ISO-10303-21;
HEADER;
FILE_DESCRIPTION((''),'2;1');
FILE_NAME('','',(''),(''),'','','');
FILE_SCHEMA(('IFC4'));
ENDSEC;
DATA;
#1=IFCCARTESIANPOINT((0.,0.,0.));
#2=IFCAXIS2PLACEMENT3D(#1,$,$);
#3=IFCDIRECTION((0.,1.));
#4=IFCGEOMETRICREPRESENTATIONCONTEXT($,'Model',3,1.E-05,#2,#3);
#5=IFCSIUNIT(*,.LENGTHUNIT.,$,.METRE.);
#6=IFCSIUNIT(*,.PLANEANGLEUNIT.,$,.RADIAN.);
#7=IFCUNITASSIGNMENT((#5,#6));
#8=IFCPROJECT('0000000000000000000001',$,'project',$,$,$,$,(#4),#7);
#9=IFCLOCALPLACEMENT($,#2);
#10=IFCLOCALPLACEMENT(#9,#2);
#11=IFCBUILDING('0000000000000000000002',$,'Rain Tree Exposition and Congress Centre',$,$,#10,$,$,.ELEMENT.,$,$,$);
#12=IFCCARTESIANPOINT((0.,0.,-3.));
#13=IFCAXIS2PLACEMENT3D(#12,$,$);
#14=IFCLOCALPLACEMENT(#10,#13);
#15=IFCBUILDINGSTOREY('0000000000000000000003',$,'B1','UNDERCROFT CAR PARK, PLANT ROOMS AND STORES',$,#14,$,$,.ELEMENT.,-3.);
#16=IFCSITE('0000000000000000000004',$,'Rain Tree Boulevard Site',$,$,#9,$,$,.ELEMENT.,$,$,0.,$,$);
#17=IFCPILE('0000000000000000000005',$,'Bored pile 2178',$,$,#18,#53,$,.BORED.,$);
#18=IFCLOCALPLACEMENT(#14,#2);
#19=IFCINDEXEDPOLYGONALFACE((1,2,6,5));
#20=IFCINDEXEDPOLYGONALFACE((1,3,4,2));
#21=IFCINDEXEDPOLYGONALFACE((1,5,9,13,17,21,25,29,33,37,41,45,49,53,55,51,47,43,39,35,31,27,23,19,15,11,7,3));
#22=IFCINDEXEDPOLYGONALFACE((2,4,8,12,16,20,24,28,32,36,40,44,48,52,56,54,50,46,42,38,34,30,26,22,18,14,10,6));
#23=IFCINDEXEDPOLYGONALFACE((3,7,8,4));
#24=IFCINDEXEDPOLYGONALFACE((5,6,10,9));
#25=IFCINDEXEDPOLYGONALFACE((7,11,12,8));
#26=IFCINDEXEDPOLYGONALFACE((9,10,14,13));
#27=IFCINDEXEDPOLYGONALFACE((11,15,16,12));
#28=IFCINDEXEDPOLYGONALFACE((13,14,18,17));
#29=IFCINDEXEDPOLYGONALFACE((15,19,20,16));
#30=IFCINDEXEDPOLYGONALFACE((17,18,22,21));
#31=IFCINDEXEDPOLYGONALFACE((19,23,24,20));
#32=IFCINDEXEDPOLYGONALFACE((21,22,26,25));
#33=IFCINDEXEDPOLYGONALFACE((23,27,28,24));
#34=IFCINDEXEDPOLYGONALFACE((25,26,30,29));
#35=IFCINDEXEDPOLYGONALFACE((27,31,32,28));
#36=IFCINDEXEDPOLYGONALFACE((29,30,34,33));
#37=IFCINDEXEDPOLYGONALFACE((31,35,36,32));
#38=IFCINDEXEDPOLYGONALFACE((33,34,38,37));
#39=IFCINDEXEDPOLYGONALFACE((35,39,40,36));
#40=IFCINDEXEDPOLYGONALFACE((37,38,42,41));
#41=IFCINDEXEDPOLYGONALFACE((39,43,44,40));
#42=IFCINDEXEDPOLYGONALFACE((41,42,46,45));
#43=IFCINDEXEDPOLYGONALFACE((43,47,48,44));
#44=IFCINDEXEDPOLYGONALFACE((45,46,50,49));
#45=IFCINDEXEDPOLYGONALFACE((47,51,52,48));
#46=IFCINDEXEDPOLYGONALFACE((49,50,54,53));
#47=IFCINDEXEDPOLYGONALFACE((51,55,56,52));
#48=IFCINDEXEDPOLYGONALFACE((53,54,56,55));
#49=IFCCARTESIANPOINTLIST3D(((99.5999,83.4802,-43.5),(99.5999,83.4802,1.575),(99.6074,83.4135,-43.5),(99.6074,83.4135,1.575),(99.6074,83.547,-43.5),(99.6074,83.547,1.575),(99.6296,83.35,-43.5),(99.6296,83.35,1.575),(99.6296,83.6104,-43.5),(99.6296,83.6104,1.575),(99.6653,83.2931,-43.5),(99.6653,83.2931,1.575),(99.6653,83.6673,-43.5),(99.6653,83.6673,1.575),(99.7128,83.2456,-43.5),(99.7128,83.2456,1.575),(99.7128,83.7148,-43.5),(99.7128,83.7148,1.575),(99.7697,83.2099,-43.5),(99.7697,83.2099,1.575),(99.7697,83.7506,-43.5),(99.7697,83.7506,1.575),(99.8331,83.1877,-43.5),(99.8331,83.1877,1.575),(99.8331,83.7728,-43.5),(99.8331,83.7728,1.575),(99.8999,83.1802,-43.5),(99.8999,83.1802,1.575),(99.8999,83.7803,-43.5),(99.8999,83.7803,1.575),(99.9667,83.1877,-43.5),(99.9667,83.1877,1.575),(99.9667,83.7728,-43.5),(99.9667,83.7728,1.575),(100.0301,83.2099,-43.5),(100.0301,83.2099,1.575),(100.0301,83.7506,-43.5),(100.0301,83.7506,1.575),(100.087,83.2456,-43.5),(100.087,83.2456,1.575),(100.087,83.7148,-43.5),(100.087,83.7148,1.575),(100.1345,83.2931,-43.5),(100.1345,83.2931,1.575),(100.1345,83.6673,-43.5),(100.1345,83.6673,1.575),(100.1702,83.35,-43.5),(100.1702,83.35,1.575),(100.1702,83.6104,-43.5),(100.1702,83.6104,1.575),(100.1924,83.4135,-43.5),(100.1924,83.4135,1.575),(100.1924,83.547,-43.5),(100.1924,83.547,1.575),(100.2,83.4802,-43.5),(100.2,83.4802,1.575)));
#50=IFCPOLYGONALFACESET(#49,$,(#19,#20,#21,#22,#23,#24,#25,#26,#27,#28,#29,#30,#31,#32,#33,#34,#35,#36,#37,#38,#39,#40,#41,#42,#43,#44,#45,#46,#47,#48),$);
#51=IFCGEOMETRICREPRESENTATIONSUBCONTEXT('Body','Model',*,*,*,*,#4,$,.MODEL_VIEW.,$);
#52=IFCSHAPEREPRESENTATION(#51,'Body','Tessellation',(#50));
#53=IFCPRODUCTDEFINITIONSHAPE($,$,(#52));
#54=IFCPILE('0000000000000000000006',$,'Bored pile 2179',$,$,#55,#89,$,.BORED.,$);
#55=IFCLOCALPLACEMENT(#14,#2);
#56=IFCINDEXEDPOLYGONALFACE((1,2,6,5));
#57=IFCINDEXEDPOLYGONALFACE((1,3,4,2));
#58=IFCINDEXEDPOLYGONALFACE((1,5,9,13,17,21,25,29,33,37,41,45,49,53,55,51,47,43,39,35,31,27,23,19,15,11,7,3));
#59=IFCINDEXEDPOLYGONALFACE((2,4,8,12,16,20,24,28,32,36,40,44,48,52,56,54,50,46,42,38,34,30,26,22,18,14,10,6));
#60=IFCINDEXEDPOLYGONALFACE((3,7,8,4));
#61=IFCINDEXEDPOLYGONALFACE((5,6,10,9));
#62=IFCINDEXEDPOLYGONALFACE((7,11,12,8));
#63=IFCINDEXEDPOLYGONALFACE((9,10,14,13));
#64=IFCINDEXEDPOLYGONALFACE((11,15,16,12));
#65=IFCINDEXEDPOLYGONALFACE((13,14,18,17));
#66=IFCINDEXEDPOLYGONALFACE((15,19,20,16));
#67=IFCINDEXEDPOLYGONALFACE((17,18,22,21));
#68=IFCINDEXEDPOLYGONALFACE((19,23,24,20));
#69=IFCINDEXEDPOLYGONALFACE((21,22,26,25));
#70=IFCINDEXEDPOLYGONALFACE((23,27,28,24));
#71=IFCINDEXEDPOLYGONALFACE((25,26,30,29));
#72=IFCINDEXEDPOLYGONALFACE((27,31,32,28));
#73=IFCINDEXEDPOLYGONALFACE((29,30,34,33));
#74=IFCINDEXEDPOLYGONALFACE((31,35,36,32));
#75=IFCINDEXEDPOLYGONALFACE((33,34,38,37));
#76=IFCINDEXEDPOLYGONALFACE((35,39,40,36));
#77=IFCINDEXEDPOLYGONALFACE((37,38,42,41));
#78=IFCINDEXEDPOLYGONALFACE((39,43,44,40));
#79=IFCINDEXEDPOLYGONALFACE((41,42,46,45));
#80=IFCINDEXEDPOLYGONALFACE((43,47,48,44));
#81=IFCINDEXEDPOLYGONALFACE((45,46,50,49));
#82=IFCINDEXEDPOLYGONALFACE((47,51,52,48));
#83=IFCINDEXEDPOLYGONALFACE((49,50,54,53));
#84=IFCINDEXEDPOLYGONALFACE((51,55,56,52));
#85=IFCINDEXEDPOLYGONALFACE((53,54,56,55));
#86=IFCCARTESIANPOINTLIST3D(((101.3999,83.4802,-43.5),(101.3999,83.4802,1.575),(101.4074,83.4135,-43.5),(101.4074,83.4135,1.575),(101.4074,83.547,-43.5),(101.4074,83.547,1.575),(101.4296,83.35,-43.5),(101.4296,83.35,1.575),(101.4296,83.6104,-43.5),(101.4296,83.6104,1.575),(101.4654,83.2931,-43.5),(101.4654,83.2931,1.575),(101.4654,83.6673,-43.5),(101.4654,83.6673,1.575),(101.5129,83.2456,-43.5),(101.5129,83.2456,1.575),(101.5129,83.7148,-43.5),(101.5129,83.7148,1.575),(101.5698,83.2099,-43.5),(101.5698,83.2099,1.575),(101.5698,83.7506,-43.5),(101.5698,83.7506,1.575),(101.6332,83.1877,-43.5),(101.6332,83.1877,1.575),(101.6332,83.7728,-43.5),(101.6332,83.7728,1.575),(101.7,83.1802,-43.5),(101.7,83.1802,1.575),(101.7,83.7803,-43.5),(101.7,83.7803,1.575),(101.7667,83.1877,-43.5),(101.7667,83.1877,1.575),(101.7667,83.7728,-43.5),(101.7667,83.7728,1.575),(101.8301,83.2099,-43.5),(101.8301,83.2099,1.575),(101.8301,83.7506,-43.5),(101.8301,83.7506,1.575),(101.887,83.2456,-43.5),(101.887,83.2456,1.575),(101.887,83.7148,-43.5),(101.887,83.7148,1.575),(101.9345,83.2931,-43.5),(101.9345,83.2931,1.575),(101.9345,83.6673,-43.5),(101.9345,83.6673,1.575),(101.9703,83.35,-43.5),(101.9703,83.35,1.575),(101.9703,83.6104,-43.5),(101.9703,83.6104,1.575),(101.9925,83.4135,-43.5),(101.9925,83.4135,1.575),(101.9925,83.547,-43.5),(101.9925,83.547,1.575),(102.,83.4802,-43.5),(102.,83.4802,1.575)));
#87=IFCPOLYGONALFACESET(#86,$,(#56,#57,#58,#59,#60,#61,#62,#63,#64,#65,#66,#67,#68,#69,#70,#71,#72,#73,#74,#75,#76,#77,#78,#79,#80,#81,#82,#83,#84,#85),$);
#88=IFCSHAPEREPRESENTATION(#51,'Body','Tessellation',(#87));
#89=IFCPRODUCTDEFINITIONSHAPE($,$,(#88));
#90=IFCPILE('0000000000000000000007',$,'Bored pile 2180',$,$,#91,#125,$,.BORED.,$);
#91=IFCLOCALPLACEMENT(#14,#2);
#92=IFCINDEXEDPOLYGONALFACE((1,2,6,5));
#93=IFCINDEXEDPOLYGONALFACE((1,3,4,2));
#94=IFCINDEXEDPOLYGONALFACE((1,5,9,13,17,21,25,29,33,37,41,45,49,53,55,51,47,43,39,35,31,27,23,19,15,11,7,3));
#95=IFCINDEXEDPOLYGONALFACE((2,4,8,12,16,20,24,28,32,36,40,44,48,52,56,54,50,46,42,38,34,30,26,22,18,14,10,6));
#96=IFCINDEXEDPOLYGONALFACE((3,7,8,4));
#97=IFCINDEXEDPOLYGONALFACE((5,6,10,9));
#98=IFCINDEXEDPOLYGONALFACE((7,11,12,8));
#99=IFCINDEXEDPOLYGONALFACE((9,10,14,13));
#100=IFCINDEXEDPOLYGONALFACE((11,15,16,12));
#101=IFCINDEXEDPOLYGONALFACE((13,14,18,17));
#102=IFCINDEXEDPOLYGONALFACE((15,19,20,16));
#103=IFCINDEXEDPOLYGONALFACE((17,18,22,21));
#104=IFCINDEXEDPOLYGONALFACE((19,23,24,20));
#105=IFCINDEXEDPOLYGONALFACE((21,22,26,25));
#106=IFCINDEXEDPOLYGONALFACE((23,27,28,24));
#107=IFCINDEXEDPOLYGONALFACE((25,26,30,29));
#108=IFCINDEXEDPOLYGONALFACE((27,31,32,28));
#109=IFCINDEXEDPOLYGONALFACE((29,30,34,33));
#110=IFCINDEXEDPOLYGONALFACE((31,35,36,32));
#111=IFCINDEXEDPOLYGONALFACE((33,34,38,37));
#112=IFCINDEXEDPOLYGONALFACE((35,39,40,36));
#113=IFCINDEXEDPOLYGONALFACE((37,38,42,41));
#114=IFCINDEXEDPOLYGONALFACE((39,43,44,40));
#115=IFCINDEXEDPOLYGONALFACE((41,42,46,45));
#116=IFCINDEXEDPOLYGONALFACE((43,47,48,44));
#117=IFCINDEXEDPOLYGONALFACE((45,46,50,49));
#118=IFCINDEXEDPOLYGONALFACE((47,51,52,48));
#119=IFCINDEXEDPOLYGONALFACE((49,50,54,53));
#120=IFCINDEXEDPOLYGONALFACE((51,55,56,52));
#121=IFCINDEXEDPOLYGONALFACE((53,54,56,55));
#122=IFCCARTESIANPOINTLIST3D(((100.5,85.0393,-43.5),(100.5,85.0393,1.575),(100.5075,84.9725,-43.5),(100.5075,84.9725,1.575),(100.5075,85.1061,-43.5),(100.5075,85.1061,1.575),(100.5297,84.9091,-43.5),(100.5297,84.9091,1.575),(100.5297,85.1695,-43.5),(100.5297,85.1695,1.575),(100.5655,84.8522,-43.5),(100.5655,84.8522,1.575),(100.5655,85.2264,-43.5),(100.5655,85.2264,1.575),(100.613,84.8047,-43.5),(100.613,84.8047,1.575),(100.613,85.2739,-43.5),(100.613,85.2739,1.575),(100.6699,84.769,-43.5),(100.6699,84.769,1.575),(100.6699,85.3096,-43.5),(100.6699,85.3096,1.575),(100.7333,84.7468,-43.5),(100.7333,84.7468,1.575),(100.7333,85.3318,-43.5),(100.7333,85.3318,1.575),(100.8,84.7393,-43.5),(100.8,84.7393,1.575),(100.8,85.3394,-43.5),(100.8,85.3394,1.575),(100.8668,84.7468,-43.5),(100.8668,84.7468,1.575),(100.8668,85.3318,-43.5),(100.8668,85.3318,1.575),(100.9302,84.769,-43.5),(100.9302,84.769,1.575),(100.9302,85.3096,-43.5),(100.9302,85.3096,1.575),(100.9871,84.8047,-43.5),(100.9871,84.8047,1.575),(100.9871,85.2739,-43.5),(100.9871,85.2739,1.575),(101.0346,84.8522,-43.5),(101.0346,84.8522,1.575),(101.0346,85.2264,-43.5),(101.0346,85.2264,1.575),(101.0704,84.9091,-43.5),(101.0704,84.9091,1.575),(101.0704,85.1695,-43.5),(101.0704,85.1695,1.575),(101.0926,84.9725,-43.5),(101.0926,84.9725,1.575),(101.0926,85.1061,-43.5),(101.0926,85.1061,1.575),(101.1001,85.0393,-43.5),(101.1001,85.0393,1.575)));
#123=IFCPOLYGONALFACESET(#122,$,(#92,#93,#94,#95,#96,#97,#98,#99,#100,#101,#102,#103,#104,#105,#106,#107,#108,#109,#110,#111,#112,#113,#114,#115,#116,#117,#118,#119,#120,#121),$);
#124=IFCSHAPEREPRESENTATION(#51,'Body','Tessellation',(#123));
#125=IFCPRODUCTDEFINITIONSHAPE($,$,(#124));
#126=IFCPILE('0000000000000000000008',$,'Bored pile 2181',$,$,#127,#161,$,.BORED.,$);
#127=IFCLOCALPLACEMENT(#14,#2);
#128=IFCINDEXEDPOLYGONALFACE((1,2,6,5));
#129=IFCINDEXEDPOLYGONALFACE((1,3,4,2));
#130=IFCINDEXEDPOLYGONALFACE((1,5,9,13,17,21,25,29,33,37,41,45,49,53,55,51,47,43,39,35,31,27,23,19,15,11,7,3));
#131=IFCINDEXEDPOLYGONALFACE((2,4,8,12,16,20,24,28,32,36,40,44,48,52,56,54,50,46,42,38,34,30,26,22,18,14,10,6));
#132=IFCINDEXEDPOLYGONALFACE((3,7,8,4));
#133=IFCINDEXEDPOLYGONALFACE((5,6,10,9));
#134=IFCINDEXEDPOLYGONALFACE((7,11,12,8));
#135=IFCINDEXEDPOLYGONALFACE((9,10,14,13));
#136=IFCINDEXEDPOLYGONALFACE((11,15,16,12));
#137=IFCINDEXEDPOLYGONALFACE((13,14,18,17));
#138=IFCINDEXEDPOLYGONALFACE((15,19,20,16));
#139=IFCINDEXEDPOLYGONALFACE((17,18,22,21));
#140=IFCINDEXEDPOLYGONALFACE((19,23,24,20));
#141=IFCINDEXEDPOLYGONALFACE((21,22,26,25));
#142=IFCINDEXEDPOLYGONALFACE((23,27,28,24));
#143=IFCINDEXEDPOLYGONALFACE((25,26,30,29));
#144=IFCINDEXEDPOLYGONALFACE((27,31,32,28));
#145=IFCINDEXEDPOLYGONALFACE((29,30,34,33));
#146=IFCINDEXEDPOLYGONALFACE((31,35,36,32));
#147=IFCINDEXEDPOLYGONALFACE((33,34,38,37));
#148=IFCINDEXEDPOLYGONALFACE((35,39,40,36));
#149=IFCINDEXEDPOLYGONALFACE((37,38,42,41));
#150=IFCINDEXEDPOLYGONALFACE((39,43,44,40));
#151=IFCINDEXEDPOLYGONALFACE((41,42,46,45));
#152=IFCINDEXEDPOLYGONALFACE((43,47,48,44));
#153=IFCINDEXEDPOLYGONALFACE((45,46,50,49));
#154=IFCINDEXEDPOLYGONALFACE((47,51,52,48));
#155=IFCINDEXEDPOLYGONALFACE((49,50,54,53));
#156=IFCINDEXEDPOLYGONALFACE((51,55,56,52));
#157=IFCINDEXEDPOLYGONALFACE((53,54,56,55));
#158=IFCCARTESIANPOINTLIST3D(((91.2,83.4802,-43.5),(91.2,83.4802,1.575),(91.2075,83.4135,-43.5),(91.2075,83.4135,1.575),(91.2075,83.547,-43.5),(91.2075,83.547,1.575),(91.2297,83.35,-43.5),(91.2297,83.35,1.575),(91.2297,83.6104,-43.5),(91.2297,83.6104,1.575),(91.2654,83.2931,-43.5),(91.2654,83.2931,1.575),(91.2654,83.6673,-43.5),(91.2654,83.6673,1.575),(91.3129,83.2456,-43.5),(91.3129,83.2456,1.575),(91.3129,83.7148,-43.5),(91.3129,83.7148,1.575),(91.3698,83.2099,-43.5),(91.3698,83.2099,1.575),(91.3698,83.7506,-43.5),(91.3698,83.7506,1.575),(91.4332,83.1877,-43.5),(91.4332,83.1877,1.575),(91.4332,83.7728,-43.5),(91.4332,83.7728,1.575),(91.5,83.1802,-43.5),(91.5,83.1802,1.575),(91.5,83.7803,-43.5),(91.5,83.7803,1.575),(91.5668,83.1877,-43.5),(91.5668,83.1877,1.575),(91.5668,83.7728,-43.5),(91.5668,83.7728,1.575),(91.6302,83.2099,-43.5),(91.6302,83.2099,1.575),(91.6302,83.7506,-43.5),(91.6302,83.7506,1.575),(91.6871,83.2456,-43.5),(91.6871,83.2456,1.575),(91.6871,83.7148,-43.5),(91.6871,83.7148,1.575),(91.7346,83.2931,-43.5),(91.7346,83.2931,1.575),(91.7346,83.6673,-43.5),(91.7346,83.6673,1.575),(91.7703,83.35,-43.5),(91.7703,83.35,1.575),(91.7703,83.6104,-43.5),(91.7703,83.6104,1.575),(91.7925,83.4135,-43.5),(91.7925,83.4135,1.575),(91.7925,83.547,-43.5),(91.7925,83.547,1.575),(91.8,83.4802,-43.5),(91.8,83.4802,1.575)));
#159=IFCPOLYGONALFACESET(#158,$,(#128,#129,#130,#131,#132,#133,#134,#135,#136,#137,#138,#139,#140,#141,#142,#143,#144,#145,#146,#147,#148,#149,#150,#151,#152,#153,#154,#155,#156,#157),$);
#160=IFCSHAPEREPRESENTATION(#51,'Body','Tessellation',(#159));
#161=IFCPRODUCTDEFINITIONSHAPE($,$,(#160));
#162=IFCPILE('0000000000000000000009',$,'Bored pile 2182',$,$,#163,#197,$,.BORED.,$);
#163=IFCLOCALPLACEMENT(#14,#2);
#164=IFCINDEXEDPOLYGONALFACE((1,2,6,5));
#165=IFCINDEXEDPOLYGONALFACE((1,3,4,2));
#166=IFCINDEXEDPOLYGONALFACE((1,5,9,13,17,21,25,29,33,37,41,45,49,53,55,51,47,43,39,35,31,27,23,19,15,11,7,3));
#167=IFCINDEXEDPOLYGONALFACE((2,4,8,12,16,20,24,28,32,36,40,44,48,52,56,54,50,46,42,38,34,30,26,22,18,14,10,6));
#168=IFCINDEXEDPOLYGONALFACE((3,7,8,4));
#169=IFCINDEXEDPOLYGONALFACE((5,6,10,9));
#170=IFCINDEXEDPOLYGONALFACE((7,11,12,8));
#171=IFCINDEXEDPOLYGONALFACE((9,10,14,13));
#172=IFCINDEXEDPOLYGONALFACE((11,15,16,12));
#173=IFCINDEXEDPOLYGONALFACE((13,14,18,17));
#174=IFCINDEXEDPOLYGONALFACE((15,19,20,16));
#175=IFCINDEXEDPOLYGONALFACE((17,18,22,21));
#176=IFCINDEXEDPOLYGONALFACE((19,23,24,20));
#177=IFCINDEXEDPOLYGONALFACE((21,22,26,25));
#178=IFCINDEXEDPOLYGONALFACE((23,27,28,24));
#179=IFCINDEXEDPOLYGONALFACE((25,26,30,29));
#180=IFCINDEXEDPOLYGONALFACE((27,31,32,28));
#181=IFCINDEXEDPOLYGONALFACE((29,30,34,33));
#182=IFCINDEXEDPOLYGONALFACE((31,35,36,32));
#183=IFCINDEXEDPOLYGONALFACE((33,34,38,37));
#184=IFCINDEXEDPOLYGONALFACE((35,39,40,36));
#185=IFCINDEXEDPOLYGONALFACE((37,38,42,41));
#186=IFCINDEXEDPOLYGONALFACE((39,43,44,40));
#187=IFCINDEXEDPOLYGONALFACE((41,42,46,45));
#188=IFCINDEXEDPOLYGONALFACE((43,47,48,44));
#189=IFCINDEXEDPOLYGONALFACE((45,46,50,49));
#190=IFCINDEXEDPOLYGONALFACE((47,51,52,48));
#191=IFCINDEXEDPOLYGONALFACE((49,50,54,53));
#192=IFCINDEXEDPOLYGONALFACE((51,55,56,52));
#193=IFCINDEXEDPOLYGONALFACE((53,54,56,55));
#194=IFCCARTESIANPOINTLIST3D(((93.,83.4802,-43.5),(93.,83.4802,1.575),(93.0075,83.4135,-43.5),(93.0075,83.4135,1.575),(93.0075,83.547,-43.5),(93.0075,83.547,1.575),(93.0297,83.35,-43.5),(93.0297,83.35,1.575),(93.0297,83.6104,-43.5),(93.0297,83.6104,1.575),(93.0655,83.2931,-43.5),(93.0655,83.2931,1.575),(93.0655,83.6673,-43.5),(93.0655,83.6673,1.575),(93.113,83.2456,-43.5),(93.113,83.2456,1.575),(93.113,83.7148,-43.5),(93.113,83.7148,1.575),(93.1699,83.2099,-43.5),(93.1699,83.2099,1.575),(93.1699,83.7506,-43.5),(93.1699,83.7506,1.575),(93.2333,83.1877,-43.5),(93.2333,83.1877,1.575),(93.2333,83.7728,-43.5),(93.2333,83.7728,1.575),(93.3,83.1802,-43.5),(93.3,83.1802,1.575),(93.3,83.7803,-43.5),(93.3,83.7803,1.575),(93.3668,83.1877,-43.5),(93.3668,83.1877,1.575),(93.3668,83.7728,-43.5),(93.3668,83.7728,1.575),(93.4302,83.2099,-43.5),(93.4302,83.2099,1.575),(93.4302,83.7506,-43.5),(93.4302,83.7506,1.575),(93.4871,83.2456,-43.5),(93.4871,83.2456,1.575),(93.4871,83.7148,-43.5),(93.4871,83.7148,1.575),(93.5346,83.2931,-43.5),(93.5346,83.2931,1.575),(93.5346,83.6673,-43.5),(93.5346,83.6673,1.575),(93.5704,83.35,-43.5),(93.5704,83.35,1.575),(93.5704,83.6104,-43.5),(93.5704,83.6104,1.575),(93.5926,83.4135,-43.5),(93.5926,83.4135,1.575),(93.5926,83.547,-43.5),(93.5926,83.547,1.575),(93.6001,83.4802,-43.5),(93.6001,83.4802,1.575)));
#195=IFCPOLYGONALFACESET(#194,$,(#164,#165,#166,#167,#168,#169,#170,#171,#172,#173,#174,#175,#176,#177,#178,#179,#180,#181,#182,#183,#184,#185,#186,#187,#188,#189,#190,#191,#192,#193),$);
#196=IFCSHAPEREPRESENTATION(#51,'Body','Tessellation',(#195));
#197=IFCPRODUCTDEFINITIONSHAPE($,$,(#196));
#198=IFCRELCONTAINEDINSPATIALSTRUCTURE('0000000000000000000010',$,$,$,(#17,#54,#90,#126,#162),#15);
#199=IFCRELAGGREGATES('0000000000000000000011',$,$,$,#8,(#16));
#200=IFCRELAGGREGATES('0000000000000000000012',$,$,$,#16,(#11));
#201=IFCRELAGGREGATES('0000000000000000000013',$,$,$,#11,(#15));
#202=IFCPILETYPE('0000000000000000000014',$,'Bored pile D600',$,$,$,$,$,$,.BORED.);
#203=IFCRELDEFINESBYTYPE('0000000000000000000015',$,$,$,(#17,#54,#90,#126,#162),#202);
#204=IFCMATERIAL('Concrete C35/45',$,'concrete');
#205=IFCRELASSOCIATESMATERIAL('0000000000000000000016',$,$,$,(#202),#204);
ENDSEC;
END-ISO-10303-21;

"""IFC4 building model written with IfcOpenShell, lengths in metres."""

from ifc_helpers import new_model, si_unit, direction, frame, origin, origin_2d, place, context, subcontext, project, spatial, circle, extrude, material, material_profile, profile_set, type_object, element, save


model = new_model("IFC4")

# Units and contexts
model_context = context("Model", 3, precision=1e-05, world=origin(), true_north=direction((0.0, 1.0)))
body_context = subcontext(model_context, "Body", "Model", "MODEL_VIEW")
ifc_project = project(units=[si_unit("LENGTHUNIT", "METRE"), si_unit("PLANEANGLEUNIT", "RADIAN")], contexts=[model_context])

# Site, building, storey
site_placement = place(None, origin())
site = spatial("IfcSite", under=ifc_project, at=site_placement, Name="Rain Tree Boulevard Site", CompositionType="ELEMENT", RefElevation=0.0)
building_placement = place(site_placement, origin())
building = spatial("IfcBuilding", under=site, at=building_placement, Name="Rain Tree Exposition and Congress Centre", CompositionType="ELEMENT")
storey_placement = place(building_placement, frame((0.0, 0.0, -3.0)))
storey = spatial("IfcBuildingStorey", under=building, at=storey_placement, Name="B1", Description="UNDERCROFT CAR PARK, PLANT ROOMS AND STORES", CompositionType="ELEMENT", Elevation=-3.0)

# Piles
ifc_material_1 = material(Name="Concrete C35/45", Category="concrete")
ifc_material_profile_1 = material_profile(ifc_material_1, circle(Radius=0.3, at=origin_2d()), Name="D600")
ifc_profile_set_1 = profile_set([ifc_material_profile_1], Name="Concrete C35/45")
pile_type_1 = type_object("IfcPileType", Name="Bored pile D600", PredefinedType="BORED", material=ifc_profile_set_1)
for number, where, z_axis, x_axis, name in (
    (1, (99.8999, 83.4802, 1.575), (0.0, 0.0, -1.0), (1.0, 0.0, 0.0), "Bored pile 2178"),
    (2, (101.7, 83.4802, 1.575), (0.0, 0.0, -1.0), (1.0, 0.0, 0.0), "Bored pile 2179"),
    (3, (100.8, 85.0393, 1.575), (0.0, 0.0, -1.0), (1.0, 0.0, 0.0), "Bored pile 2180"),
    (4, (91.5, 83.4802, 1.575), (0.0, 0.0, -1.0), (1.0, 0.0, 0.0), "Bored pile 2181"),
    (5, (93.3, 83.4802, 1.575), (0.0, 0.0, -1.0), (1.0, 0.0, 0.0), "Bored pile 2182"),
):
    element("IfcPile", number, at=place(storey_placement, frame(where, z_axis=z_axis, x_axis=x_axis)), inside=storey, type_object=pile_type_1, Name=name, PredefinedType="BORED", context=body_context, shape_type="SweptSolid", body=[
        extrude(circle(Radius=0.3, at=origin_2d()), origin(), (0.0, 0.0, 1.0), 45.075),
    ])

save(model, "model.ifc")
